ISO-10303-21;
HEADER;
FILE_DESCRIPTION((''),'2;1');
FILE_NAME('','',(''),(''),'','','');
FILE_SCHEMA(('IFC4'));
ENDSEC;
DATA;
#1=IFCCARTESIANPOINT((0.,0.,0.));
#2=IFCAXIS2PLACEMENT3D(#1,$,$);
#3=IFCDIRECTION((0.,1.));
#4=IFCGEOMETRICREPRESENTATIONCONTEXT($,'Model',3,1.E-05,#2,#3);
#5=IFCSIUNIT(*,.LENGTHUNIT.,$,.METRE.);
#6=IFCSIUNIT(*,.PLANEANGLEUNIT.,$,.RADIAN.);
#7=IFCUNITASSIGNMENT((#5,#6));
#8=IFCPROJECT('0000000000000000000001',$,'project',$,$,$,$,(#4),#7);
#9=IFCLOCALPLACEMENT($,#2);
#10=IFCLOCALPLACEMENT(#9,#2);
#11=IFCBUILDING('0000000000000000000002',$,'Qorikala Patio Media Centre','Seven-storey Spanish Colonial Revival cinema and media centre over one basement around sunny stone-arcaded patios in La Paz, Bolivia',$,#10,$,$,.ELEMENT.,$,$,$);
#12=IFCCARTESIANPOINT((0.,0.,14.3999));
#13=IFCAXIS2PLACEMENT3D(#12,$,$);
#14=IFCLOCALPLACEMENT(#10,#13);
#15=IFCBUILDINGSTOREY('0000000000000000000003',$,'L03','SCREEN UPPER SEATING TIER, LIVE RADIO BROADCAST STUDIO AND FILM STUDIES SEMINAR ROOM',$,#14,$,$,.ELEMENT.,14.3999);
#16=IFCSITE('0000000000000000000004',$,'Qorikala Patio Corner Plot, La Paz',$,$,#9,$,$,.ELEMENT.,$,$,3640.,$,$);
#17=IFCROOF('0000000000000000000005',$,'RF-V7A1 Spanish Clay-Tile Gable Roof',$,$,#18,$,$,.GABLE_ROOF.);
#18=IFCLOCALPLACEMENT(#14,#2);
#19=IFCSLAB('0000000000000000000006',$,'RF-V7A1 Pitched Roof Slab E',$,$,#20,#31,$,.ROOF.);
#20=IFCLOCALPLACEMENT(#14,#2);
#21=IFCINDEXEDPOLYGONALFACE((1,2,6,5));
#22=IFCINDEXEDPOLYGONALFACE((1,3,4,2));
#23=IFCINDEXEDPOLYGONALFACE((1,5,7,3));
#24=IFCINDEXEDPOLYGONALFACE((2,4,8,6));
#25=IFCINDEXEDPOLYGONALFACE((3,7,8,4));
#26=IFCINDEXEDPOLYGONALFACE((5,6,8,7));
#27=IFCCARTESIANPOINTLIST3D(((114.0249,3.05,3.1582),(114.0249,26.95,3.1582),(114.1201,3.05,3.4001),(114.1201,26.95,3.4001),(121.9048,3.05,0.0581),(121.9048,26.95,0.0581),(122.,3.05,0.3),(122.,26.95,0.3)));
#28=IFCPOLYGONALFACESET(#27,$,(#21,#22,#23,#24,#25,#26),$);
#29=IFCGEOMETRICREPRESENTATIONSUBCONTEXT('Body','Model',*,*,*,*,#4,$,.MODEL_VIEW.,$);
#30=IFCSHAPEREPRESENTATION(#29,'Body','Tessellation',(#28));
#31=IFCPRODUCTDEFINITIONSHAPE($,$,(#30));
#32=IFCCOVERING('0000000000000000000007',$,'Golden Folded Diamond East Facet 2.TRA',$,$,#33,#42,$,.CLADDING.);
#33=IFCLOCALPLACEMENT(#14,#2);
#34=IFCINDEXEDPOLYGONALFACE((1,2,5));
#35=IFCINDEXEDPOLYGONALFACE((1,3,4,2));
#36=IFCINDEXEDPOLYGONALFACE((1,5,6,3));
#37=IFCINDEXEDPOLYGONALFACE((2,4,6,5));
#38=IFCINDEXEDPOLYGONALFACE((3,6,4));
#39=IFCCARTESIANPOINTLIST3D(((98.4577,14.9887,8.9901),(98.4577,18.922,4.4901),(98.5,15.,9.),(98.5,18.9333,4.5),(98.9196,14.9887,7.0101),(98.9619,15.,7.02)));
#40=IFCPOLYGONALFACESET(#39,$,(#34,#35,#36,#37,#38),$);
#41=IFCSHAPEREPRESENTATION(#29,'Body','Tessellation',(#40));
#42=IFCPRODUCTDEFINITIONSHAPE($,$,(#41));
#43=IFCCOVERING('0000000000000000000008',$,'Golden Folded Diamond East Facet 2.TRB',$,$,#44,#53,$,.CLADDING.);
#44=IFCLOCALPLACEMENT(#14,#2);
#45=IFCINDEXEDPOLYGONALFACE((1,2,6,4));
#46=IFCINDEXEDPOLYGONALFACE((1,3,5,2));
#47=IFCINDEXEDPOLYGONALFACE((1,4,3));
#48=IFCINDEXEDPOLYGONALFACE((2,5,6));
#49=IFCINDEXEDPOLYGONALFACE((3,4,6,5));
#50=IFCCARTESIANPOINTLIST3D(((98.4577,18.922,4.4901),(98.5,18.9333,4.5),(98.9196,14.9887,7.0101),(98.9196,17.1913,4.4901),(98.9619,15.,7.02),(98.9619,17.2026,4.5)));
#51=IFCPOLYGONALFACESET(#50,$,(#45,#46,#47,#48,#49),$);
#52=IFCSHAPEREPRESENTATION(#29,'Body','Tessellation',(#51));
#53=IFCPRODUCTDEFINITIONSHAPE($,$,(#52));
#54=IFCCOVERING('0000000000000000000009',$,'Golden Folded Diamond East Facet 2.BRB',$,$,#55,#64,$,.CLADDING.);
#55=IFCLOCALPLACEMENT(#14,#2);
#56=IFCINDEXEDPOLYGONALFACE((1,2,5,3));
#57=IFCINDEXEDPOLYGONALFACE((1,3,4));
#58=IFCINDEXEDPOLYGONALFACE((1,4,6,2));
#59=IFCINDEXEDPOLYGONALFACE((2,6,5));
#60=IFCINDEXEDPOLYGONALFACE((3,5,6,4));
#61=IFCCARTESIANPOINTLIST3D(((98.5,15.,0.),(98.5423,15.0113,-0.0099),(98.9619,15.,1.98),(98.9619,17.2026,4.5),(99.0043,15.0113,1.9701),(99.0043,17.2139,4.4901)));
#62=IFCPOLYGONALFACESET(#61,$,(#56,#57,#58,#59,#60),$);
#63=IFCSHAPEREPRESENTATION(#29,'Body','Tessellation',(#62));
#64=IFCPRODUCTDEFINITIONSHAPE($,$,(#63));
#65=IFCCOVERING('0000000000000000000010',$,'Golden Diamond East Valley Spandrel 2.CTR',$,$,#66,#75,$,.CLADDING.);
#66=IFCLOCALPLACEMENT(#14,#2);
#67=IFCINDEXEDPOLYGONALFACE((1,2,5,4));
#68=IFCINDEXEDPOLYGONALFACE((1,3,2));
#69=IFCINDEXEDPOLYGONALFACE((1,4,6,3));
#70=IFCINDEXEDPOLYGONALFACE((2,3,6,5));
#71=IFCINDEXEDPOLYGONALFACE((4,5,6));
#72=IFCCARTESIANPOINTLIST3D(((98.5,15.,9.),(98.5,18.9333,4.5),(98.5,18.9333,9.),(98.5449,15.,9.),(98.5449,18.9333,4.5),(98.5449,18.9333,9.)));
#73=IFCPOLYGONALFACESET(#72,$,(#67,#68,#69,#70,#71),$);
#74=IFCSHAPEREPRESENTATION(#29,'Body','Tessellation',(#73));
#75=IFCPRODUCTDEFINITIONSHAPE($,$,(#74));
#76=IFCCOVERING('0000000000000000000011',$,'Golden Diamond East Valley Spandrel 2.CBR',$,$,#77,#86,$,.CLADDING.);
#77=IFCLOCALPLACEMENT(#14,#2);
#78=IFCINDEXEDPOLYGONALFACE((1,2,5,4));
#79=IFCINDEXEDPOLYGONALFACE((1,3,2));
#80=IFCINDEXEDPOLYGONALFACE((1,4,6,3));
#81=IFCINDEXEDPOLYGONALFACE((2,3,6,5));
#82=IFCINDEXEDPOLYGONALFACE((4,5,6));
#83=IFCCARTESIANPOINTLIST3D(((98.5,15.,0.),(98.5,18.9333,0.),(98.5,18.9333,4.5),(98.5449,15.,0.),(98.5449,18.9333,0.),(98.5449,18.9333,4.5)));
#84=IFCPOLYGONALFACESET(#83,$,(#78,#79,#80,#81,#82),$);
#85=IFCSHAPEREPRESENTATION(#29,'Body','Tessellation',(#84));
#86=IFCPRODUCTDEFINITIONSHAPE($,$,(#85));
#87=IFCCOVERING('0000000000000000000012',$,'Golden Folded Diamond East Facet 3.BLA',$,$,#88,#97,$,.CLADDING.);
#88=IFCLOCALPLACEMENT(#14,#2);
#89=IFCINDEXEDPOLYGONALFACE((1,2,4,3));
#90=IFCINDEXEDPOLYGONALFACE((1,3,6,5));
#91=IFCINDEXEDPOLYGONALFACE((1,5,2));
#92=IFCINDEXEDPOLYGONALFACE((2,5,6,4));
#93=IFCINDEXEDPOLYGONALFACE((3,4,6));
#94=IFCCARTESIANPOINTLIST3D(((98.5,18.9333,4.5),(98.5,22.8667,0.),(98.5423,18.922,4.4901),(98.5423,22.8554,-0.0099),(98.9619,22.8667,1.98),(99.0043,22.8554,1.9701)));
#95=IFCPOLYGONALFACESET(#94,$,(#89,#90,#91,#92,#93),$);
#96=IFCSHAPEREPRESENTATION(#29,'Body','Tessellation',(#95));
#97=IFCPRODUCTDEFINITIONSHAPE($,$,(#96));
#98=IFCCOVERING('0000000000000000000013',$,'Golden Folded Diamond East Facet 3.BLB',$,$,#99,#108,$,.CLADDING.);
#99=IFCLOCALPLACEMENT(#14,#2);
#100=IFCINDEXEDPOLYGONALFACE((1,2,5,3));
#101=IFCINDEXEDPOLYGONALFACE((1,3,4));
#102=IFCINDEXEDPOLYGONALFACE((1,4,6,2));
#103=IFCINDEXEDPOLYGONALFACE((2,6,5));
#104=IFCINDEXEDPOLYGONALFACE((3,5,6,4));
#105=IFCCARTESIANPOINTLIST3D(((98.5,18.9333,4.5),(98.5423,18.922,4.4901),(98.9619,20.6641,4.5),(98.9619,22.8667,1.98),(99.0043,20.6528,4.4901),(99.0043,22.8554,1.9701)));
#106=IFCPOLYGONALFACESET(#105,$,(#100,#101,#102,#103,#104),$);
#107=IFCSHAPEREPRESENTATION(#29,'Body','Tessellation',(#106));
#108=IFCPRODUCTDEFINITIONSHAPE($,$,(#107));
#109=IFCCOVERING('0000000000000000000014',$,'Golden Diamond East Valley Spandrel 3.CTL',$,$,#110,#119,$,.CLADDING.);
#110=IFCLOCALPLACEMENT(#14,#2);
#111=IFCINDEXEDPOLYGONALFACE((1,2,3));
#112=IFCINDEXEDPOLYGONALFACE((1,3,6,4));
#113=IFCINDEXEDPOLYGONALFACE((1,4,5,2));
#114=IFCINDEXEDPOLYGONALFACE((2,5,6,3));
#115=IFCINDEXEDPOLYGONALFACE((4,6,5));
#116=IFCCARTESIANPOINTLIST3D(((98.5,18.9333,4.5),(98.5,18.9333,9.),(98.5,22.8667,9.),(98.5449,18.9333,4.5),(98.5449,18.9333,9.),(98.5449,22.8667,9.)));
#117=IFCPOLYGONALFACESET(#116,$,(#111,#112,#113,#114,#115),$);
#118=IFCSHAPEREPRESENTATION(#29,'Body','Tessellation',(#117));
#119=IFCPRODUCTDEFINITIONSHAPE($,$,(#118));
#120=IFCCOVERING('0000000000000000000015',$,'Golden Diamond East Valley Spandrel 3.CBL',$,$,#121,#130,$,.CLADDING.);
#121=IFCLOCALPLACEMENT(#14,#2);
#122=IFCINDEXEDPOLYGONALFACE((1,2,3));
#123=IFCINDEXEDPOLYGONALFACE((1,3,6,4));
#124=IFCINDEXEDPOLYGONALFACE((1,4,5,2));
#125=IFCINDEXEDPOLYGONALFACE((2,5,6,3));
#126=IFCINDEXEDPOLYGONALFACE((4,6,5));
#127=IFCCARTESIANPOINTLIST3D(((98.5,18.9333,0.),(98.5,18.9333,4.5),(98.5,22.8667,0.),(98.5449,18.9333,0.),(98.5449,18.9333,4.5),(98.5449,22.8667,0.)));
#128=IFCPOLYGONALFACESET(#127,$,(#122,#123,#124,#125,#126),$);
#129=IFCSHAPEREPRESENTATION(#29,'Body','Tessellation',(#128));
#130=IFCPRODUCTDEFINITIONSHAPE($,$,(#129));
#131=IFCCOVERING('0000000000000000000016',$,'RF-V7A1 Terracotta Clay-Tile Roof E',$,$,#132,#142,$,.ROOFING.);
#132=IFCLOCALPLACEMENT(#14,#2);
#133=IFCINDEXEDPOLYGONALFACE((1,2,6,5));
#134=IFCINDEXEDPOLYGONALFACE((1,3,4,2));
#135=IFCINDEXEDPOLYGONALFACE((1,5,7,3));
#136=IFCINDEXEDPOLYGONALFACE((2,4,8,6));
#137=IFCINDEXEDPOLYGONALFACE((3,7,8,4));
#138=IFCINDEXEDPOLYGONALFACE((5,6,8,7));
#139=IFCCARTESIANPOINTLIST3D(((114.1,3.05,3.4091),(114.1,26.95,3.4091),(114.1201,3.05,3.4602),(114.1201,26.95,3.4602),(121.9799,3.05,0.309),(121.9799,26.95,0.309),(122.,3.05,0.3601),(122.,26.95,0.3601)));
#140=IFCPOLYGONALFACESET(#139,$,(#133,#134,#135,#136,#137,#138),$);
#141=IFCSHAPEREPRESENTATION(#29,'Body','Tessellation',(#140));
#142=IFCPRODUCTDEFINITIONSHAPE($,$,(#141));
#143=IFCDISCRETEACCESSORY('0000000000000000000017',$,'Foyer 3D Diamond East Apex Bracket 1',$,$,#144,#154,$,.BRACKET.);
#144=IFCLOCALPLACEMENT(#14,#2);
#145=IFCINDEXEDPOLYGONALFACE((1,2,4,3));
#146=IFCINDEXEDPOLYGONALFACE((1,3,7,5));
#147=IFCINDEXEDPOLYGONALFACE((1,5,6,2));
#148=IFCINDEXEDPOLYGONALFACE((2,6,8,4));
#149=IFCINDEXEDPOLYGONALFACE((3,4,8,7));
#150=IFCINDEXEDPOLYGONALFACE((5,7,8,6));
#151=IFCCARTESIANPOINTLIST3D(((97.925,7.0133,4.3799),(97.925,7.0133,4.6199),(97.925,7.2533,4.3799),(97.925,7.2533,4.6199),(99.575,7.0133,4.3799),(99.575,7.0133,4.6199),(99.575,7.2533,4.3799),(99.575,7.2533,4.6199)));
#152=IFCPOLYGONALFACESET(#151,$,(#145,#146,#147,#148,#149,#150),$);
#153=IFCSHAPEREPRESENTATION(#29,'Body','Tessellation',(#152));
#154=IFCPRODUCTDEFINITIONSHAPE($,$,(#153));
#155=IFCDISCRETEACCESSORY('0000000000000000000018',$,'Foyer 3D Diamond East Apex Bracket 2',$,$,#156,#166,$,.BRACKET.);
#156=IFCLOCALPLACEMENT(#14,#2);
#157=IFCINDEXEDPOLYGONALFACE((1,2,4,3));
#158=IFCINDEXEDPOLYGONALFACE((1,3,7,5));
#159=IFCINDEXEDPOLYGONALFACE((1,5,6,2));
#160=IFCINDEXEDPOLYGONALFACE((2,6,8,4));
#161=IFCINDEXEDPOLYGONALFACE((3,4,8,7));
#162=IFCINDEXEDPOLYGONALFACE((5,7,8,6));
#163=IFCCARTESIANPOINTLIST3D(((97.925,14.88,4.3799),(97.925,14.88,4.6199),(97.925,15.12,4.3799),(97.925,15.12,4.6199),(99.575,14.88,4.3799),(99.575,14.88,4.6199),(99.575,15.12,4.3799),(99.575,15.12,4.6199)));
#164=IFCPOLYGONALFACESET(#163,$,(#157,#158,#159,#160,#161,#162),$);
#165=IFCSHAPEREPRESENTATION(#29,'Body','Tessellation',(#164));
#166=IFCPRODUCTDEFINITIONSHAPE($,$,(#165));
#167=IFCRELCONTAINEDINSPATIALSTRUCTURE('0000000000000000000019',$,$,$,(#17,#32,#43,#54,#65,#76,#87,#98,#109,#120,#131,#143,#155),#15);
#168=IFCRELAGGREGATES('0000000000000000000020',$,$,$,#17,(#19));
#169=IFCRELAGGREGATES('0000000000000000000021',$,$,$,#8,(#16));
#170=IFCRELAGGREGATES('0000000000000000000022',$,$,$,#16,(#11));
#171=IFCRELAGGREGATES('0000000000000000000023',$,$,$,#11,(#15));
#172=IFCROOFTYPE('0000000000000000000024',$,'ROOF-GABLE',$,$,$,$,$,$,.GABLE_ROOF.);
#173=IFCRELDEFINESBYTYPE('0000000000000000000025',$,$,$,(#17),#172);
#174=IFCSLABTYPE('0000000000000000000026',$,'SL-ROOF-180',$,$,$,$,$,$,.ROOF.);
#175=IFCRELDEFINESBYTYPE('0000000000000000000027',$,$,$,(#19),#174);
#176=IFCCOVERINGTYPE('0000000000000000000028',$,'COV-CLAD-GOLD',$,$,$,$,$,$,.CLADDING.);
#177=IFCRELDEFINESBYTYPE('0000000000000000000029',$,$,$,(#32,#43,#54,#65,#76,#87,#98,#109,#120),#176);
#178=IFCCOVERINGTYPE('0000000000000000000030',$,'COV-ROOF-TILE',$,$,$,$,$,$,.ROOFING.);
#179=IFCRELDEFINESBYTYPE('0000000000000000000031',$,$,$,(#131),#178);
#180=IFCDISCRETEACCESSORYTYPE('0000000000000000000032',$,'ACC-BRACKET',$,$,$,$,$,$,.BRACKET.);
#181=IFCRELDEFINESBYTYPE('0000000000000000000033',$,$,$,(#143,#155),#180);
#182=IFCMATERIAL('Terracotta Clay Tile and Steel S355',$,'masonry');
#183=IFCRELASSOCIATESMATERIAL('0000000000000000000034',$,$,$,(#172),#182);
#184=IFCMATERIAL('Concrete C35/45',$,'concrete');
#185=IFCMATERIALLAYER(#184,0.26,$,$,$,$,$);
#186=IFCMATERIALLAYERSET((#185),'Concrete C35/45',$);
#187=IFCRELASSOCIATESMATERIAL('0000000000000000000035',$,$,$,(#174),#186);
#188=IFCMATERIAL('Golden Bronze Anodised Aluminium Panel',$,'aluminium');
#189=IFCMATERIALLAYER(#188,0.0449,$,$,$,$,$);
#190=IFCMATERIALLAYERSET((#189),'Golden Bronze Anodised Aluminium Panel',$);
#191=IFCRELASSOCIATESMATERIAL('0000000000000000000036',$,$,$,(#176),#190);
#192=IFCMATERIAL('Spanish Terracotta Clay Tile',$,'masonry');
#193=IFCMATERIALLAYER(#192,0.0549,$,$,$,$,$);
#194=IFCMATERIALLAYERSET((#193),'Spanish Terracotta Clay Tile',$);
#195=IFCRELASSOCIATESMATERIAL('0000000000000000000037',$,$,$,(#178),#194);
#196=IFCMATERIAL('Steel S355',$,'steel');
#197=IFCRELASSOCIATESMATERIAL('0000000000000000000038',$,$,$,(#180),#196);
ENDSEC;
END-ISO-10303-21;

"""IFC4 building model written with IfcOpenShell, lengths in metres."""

from ifc_helpers import new_model, si_unit, direction, frame, origin, origin_2d, place, context, subcontext, project, spatial, polyline, rectangle, outline, extrude, material, layer, layer_set, type_object, element, aggregate, save


model = new_model("IFC4")

# Units and contexts
model_context = context("Model", 3, precision=1e-05, world=origin(), true_north=direction((0.0, 1.0)))
body_context = subcontext(model_context, "Body", "Model", "MODEL_VIEW")
ifc_project = project(units=[si_unit("LENGTHUNIT", "METRE"), si_unit("PLANEANGLEUNIT", "RADIAN")], contexts=[model_context])

# Site, building, storey
site_placement = place(None, origin())
site = spatial("IfcSite", under=ifc_project, at=site_placement, Name="Qorikala Patio Corner Plot, La Paz", CompositionType="ELEMENT", RefElevation=3640.0)
building_placement = place(site_placement, origin())
building = spatial("IfcBuilding", under=site, at=building_placement, Name="Qorikala Patio Media Centre", Description="Seven-storey Spanish Colonial Revival cinema and media centre over one basement around sunny stone-arcaded patios in La Paz, Bolivia", CompositionType="ELEMENT")
storey_placement = place(building_placement, frame((0.0, 0.0, 14.3999)))
storey = spatial("IfcBuildingStorey", under=building, at=storey_placement, Name="L03", Description="SCREEN UPPER SEATING TIER, LIVE RADIO BROADCAST STUDIO AND FILM STUDIES SEMINAR ROOM", CompositionType="ELEMENT", Elevation=14.3999)

# Shared definitions
ifc_material_1 = material(Name="Steel S355", Category="steel")

# Roof, slab
ifc_material_2 = material(Name="Terracotta Clay Tile and Steel S355", Category="masonry")
roof_type = type_object("IfcRoofType", Name="ROOF-GABLE", PredefinedType="GABLE_ROOF", material=ifc_material_2)
roof_placement = place(storey_placement, origin())
roof = element("IfcRoof", 1, at=roof_placement, inside=storey, type_object=roof_type, Name="RF-V7A1 Spanish Clay-Tile Gable Roof", PredefinedType="GABLE_ROOF")
ifc_material_3 = material(Name="Concrete C35/45", Category="concrete")
ifc_layer_1 = layer(ifc_material_3, 0.26)
ifc_layer_set_1 = layer_set([ifc_layer_1], Name="Concrete C35/45")
slab_type = type_object("IfcSlabType", Name="SL-ROOF-180", PredefinedType="ROOF", material=ifc_layer_set_1)
slab_placement = place(storey_placement, frame((114.1201, 3.05, 3.4001), z_axis=(0.366105, 0.0, 0.930573), x_axis=(0.930573, 0.0, -0.366105)))
slab = element("IfcSlab", 2, at=slab_placement, type_object=slab_type, Name="RF-V7A1 Pitched Roof Slab E", PredefinedType="ROOF", context=body_context, shape_type="SweptSolid", body=[
    extrude(outline(polyline([(0.0, 0.0), (8.4678, 0.0), (8.4678, 23.8999), (0.0, 23.8999), (0.0, 0.0)])), origin(), (0.0, 0.0, -1.0), 0.26),
])
aggregate(roof, [slab])

# Coverings
ifc_material_4 = material(Name="Golden Bronze Anodised Aluminium Panel", Category="aluminium")
ifc_layer_2 = layer(ifc_material_4, 0.0449)
ifc_layer_set_2 = layer_set([ifc_layer_2], Name="Golden Bronze Anodised Aluminium Panel")
covering_type_1 = type_object("IfcCoveringType", Name="COV-CLAD-GOLD", PredefinedType="CLADDING", material=ifc_layer_set_2)
covering_1_placement = place(storey_placement, frame((98.5, 18.9333, 4.5), z_axis=(0.942532, 0.251563, 0.219885), x_axis=(0.0, -0.658111, 0.752921)))
element("IfcCovering", 3, at=covering_1_placement, inside=storey, type_object=covering_type_1, Name="Golden Folded Diamond East Facet 2.TRA", PredefinedType="CLADDING", context=body_context, shape_type="SweptSolid", body=[
    extrude(outline(polyline([(0.0, 0.0), (5.9767, 0.0), (4.486, 1.3825), (0.0, 0.0)])), origin(), (0.0, 0.0, -1.0), 0.0449),
])
covering_2_placement = place(storey_placement, frame((98.5, 18.9333, 4.5), z_axis=(0.942537, 0.251556, 0.219874), x_axis=(0.098402, -0.837925, 0.536842)))
element("IfcCovering", 4, at=covering_2_placement, inside=storey, type_object=covering_type_1, Name="Golden Folded Diamond East Facet 2.TRB", PredefinedType="CLADDING", context=body_context, shape_type="SweptSolid", body=[
    extrude(outline(polyline([(0.0, 0.0), (4.6942, 0.0), (1.4957, 0.9858), (0.0, 0.0)])), origin(), (0.0, 0.0, -1.0), 0.0449),
])
covering_3_placement = place(storey_placement, frame((98.5, 15.0, 0.0), z_axis=(-0.94253, -0.251569, 0.219885), x_axis=(0.091806, 0.437778, 0.894383)))
element("IfcCovering", 5, at=covering_3_placement, inside=storey, type_object=covering_type_1, Name="Golden Folded Diamond East Facet 2.BRB", PredefinedType="CLADDING", context=body_context, shape_type="SweptSolid", body=[
    extrude(outline(polyline([(0.0, 0.0), (5.0314, 0.0), (1.8133, -0.9196), (0.0, 0.0)])), origin(), (0.0, 0.0, -1.0), 0.0449),
])
covering_4_placement = place(storey_placement, frame((98.5, 18.9333, 9.0), z_axis=(-1.0, 0.0, 0.0), x_axis=(0.0, 0.0, -1.0)))
element("IfcCovering", 6, at=covering_4_placement, inside=storey, type_object=covering_type_1, Name="Golden Diamond East Valley Spandrel 2.CTR", PredefinedType="CLADDING", context=body_context, shape_type="SweptSolid", body=[
    extrude(outline(polyline([(0.0, 0.0), (4.5, 0.0), (0.0, 3.9333), (0.0, 0.0)])), origin(), (0.0, 0.0, -1.0), 0.0449),
])
covering_5_placement = place(storey_placement, frame((98.5, 18.9333, 0.0), z_axis=(-1.0, 0.0, 0.0), x_axis=(0.0, -1.0, 0.0)))
element("IfcCovering", 7, at=covering_5_placement, inside=storey, type_object=covering_type_1, Name="Golden Diamond East Valley Spandrel 2.CBR", PredefinedType="CLADDING", context=body_context, shape_type="SweptSolid", body=[
    extrude(outline(polyline([(0.0, 0.0), (3.9333, 0.0), (0.0, 4.5), (0.0, 0.0)])), origin(), (0.0, 0.0, -1.0), 0.0449),
])
covering_6_placement = place(storey_placement, frame((98.5, 18.9333, 4.5), z_axis=(-0.942532, 0.251563, 0.219885), x_axis=(0.0, 0.658111, -0.752921)))
element("IfcCovering", 8, at=covering_6_placement, inside=storey, type_object=covering_type_1, Name="Golden Folded Diamond East Facet 3.BLA", PredefinedType="CLADDING", context=body_context, shape_type="SweptSolid", body=[
    extrude(outline(polyline([(0.0, 0.0), (5.9767, 0.0), (4.486, -1.3825), (0.0, 0.0)])), origin(), (0.0, 0.0, -1.0), 0.0449),
])
covering_7_placement = place(storey_placement, frame((98.5, 18.9333, 4.5), z_axis=(-0.942537, 0.251556, 0.219874), x_axis=(0.098402, 0.837925, -0.536842)))
element("IfcCovering", 9, at=covering_7_placement, inside=storey, type_object=covering_type_1, Name="Golden Folded Diamond East Facet 3.BLB", PredefinedType="CLADDING", context=body_context, shape_type="SweptSolid", body=[
    extrude(outline(polyline([(0.0, 0.0), (4.6942, 0.0), (1.4957, -0.9858), (0.0, 0.0)])), origin(), (0.0, 0.0, -1.0), 0.0449),
])
covering_8_placement = place(storey_placement, frame((98.5, 18.9333, 9.0), z_axis=(-1.0, 0.0, 0.0), x_axis=(0.0, 1.0, 0.0)))
element("IfcCovering", 10, at=covering_8_placement, inside=storey, type_object=covering_type_1, Name="Golden Diamond East Valley Spandrel 3.CTL", PredefinedType="CLADDING", context=body_context, shape_type="SweptSolid", body=[
    extrude(outline(polyline([(0.0, 0.0), (3.9333, 0.0), (0.0, 4.5), (0.0, 0.0)])), origin(), (0.0, 0.0, -1.0), 0.0449),
])
covering_9_placement = place(storey_placement, frame((98.5, 18.9333, 0.0), z_axis=(-1.0, 0.0, 0.0), x_axis=(0.0, 0.0, 1.0)))
element("IfcCovering", 11, at=covering_9_placement, inside=storey, type_object=covering_type_1, Name="Golden Diamond East Valley Spandrel 3.CBL", PredefinedType="CLADDING", context=body_context, shape_type="SweptSolid", body=[
    extrude(outline(polyline([(0.0, 0.0), (4.5, 0.0), (0.0, 3.9333), (0.0, 0.0)])), origin(), (0.0, 0.0, -1.0), 0.0449),
])
ifc_material_5 = material(Name="Spanish Terracotta Clay Tile", Category="masonry")
ifc_layer_3 = layer(ifc_material_5, 0.0549)
ifc_layer_set_3 = layer_set([ifc_layer_3], Name="Spanish Terracotta Clay Tile")
covering_type_2 = type_object("IfcCoveringType", Name="COV-ROOF-TILE", PredefinedType="ROOFING", material=ifc_layer_set_3)
covering_10_placement = place(storey_placement, frame((114.1201, 3.05, 3.4602), z_axis=(0.366105, 0.0, 0.930573), x_axis=(0.930573, 0.0, -0.366105)))
element("IfcCovering", 12, at=covering_10_placement, inside=storey, type_object=covering_type_2, Name="RF-V7A1 Terracotta Clay-Tile Roof E", PredefinedType="ROOFING", context=body_context, shape_type="SweptSolid", body=[
    extrude(outline(polyline([(0.0, 0.0), (8.4678, 0.0), (8.4678, 23.8999), (0.0, 23.8999), (0.0, 0.0)])), origin(), (0.0, 0.0, -1.0), 0.0549),
])

# Discrete accessories
discrete_accessory_type = type_object("IfcDiscreteAccessoryType", Name="ACC-BRACKET", PredefinedType="BRACKET", material=ifc_material_1)
for number, where, z_axis, x_axis, name in (
    (13, (98.75, 7.1333, 4.3799), (0.0, 0.0, 1.0), (1.0, 0.0, 0.0), "Foyer 3D Diamond East Apex Bracket 1"),
    (14, (98.75, 15.0, 4.3799), (0.0, 0.0, 1.0), (1.0, 0.0, 0.0), "Foyer 3D Diamond East Apex Bracket 2"),
):
    element("IfcDiscreteAccessory", number, at=place(storey_placement, frame(where, z_axis=z_axis, x_axis=x_axis)), inside=storey, type_object=discrete_accessory_type, Name=name, PredefinedType="BRACKET", context=body_context, shape_type="SweptSolid", body=[
        extrude(rectangle(XDim=1.6499, YDim=0.24, at=origin_2d()), origin(), (0.0, 0.0, 1.0), 0.24),
    ])

save(model, "model.ifc")
